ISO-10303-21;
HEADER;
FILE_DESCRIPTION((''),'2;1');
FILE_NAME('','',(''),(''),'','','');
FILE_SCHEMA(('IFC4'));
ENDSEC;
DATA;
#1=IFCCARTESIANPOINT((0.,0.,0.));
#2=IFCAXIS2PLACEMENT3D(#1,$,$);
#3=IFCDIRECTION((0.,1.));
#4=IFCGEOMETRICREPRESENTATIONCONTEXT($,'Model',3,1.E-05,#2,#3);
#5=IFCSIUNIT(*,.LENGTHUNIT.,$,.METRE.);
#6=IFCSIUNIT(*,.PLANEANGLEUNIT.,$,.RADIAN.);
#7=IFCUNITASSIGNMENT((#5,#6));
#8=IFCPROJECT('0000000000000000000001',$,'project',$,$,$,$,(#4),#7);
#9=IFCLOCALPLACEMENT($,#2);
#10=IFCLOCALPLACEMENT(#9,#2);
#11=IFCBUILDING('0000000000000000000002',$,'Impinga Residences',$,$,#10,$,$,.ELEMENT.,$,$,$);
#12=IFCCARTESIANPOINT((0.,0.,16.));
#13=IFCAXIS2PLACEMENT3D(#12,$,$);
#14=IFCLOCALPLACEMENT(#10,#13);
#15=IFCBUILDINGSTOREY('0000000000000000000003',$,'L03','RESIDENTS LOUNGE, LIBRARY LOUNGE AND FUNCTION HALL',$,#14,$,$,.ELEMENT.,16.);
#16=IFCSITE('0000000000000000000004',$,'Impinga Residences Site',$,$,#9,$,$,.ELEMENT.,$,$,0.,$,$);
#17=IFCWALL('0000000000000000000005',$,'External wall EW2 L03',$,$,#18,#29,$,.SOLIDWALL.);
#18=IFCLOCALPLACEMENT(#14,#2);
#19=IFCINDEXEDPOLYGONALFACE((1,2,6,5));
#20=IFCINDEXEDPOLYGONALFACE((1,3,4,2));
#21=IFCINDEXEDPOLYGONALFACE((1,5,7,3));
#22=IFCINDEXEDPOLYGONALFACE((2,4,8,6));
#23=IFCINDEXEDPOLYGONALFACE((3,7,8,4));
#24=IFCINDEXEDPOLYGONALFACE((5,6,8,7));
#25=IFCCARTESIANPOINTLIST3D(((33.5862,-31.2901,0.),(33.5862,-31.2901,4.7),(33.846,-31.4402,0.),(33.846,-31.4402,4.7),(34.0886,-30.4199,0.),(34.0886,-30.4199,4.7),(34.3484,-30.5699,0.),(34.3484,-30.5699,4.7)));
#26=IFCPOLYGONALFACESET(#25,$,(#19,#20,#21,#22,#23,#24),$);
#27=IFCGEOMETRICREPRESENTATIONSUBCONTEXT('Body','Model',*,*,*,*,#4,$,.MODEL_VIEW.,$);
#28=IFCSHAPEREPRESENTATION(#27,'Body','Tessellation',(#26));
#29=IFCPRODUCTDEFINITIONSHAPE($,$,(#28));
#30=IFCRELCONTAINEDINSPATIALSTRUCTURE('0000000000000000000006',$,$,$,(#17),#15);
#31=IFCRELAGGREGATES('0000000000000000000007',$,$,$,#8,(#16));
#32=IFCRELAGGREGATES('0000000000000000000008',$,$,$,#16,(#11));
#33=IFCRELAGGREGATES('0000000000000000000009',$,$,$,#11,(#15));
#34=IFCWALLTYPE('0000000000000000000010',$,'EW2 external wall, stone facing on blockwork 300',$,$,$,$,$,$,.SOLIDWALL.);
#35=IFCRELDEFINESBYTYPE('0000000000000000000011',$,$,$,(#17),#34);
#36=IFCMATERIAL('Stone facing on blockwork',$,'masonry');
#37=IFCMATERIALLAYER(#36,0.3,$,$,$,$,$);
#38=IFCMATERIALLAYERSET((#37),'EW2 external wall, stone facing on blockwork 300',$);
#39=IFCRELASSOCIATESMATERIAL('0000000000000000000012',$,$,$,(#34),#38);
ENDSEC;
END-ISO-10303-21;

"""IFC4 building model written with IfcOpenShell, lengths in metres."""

from ifc_helpers import new_model, si_unit, direction, frame, frame_2d, origin, place, context, subcontext, project, spatial, rectangle, extrude, material, layer, layer_set, type_object, element, save


model = new_model("IFC4")

# Units and contexts
model_context = context("Model", 3, precision=1e-05, world=origin(), true_north=direction((0.0, 1.0)))
body_context = subcontext(model_context, "Body", "Model", "MODEL_VIEW")
ifc_project = project(units=[si_unit("LENGTHUNIT", "METRE"), si_unit("PLANEANGLEUNIT", "RADIAN")], contexts=[model_context])

# Site, building, storey
site_placement = place(None, origin())
site = spatial("IfcSite", under=ifc_project, at=site_placement, Name="Impinga Residences Site", CompositionType="ELEMENT", RefElevation=0.0)
building_placement = place(site_placement, origin())
building = spatial("IfcBuilding", under=site, at=building_placement, Name="Impinga Residences", CompositionType="ELEMENT")
storey_placement = place(building_placement, frame((0.0, 0.0, 16.0)))
storey = spatial("IfcBuildingStorey", under=building, at=storey_placement, Name="L03", Description="RESIDENTS LOUNGE, LIBRARY LOUNGE AND FUNCTION HALL", CompositionType="ELEMENT", Elevation=16.0)

# Shared definitions
ifc_material_1 = material(Name="Stone facing on blockwork", Category="masonry")
ifc_layer_1 = layer(ifc_material_1, 0.3)
ifc_layer_set_1 = layer_set([ifc_layer_1], Name="EW2 external wall, stone facing on blockwork 300")
wall_type = type_object("IfcWallType", Name="EW2 external wall, stone facing on blockwork 300", PredefinedType="SOLIDWALL", material=ifc_layer_set_1)

# Wall
wall_1_placement = place(storey_placement, frame((34.2185, -30.4949, 0.0), z_axis=(0.0, 0.0, 1.0), x_axis=(-0.499954, -0.866052, 0.0)))
element("IfcWall", 1, at=wall_1_placement, inside=storey, type_object=wall_type, Name="External wall EW2 L03", PredefinedType="SOLIDWALL", context=body_context, shape_type="SweptSolid", body=[
    extrude(rectangle(XDim=1.0049, YDim=0.3, at=frame_2d((0.5024, 0.0))), origin(), (0.0, 0.0, 1.0), 4.7),
])

save(model, "model.ifc")
